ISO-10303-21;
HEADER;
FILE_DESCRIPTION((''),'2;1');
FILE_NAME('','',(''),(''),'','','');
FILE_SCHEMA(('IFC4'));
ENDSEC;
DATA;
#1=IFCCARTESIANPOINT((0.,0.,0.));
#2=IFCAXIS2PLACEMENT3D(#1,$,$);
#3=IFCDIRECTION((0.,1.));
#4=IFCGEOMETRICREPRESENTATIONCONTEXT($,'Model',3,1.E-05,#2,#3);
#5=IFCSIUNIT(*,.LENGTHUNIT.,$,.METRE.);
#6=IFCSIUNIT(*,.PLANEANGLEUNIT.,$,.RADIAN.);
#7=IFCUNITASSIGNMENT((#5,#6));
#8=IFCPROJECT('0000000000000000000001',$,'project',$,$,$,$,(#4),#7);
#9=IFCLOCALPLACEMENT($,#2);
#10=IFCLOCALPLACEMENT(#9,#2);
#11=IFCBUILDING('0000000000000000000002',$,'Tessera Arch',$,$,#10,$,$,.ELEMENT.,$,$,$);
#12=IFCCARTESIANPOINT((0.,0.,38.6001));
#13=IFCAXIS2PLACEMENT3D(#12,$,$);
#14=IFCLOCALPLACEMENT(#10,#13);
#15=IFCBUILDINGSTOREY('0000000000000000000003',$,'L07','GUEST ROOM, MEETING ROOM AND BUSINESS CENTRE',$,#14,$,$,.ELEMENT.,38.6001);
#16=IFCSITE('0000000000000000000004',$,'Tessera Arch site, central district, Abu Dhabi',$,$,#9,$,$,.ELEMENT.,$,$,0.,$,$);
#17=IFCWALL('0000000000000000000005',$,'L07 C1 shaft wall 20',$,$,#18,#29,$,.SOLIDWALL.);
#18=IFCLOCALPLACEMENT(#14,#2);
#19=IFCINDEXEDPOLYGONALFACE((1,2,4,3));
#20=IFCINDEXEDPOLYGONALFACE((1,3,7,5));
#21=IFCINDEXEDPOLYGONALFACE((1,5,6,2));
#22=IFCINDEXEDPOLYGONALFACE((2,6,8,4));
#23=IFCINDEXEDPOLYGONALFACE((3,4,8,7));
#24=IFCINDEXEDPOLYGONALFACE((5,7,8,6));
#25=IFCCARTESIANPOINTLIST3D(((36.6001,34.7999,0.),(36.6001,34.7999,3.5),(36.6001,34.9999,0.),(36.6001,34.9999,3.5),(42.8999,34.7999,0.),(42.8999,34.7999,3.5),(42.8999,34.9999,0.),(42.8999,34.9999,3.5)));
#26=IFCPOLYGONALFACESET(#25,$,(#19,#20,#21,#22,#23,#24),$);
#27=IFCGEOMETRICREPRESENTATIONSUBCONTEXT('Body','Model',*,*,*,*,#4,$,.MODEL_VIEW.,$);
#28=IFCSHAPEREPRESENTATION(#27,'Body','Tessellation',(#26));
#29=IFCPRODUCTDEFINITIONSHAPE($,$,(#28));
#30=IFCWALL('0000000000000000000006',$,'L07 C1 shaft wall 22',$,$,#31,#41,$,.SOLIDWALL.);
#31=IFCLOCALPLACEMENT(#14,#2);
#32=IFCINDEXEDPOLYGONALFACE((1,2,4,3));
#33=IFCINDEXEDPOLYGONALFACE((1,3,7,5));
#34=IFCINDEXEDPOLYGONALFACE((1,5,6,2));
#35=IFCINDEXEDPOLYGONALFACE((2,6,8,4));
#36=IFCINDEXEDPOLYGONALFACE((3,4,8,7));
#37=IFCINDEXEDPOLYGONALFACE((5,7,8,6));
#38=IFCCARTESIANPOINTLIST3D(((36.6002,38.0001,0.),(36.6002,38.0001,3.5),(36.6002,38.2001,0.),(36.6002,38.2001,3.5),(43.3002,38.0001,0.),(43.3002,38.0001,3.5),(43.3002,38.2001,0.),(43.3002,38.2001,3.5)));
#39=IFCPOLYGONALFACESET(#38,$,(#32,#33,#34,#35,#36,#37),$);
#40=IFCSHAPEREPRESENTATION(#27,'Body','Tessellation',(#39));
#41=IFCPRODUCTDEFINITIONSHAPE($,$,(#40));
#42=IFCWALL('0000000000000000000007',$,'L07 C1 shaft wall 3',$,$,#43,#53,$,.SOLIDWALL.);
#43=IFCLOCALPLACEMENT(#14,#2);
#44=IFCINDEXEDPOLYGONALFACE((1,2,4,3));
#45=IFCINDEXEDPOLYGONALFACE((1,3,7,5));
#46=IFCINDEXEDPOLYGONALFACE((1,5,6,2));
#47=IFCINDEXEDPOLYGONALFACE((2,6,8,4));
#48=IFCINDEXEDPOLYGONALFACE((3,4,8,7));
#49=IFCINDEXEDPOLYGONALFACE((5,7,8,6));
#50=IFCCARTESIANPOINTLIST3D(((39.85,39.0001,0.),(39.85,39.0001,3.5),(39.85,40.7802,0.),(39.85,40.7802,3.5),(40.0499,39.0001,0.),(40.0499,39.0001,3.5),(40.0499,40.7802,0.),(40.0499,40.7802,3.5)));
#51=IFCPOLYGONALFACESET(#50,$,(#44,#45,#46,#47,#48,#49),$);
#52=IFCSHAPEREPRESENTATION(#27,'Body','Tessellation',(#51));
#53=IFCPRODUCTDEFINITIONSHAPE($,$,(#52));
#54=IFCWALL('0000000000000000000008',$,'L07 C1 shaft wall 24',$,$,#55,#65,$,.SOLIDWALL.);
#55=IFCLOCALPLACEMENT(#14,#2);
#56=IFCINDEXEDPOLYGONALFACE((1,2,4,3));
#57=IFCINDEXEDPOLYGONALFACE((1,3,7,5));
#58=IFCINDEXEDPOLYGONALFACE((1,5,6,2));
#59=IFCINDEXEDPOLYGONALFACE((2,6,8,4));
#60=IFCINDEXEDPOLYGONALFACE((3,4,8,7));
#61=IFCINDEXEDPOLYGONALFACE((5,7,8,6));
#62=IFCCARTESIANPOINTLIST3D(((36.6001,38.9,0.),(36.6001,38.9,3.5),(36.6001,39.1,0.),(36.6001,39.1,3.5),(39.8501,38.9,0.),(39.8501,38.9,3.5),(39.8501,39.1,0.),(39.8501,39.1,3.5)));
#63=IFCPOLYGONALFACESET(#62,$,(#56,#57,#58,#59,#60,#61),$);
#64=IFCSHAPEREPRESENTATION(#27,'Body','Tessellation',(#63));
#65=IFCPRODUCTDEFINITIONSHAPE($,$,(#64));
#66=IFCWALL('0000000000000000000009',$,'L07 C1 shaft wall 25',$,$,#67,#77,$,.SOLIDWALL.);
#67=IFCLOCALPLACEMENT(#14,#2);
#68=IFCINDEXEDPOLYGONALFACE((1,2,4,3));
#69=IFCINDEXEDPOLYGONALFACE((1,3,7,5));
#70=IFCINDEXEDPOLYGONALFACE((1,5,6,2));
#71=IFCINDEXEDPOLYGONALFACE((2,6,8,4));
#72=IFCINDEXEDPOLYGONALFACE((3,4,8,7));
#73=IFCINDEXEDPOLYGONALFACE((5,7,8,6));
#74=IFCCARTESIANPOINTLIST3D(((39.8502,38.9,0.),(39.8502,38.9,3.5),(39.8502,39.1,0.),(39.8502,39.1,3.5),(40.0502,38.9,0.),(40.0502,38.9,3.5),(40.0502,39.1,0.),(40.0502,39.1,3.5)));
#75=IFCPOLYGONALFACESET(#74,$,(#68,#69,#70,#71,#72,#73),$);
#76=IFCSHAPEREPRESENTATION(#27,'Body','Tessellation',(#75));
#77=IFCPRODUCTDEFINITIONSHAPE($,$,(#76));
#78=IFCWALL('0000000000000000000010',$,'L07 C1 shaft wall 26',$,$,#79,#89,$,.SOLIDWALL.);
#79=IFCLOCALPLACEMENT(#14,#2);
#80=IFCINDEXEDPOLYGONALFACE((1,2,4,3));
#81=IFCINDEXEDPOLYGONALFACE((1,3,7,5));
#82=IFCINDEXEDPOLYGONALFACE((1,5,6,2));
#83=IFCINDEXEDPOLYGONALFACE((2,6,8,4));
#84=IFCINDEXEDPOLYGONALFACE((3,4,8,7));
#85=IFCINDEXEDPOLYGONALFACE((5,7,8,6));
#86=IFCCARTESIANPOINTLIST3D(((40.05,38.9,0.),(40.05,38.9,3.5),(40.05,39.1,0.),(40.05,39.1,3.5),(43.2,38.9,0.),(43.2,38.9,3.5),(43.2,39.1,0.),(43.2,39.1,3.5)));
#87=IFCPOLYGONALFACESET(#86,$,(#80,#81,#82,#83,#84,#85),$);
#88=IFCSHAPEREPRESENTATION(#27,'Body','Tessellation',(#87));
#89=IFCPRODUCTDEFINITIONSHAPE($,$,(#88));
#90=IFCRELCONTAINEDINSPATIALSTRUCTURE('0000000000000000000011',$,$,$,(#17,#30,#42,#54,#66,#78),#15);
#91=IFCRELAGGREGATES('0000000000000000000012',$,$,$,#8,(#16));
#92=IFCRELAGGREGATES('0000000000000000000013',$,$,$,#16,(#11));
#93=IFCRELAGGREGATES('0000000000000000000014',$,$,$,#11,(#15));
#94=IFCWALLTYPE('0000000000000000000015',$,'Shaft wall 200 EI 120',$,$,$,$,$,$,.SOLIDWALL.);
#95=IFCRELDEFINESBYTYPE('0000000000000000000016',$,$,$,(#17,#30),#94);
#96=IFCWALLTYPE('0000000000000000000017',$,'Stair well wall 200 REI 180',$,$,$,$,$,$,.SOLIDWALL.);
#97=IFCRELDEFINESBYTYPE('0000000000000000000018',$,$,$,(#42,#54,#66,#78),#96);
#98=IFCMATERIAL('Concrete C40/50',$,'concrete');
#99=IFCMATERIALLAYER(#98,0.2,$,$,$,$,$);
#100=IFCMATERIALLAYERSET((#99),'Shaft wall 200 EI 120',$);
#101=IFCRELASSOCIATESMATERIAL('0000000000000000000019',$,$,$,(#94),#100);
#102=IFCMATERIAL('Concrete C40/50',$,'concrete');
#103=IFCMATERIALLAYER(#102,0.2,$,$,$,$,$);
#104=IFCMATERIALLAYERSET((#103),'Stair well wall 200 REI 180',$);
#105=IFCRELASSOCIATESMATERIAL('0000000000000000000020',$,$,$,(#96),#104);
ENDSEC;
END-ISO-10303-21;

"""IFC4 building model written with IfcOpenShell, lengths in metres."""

from ifc_helpers import new_model, si_unit, direction, frame, frame_2d, origin, place, context, subcontext, project, spatial, rectangle, extrude, material, layer, layer_set, type_object, element, save


model = new_model("IFC4")

# Units and contexts
model_context = context("Model", 3, precision=1e-05, world=origin(), true_north=direction((0.0, 1.0)))
body_context = subcontext(model_context, "Body", "Model", "MODEL_VIEW")
ifc_project = project(units=[si_unit("LENGTHUNIT", "METRE"), si_unit("PLANEANGLEUNIT", "RADIAN")], contexts=[model_context])

# Site, building, storey
site_placement = place(None, origin())
site = spatial("IfcSite", under=ifc_project, at=site_placement, Name="Tessera Arch site, central district, Abu Dhabi", CompositionType="ELEMENT", RefElevation=0.0)
building_placement = place(site_placement, origin())
building = spatial("IfcBuilding", under=site, at=building_placement, Name="Tessera Arch", CompositionType="ELEMENT")
storey_placement = place(building_placement, frame((0.0, 0.0, 38.6001)))
storey = spatial("IfcBuildingStorey", under=building, at=storey_placement, Name="L07", Description="GUEST ROOM, MEETING ROOM AND BUSINESS CENTRE", CompositionType="ELEMENT", Elevation=38.6001)

# Shared definitions
ifc_material_1 = material(Name="Concrete C40/50", Category="concrete")
ifc_layer_1 = layer(ifc_material_1, 0.2)
ifc_layer_set_1 = layer_set([ifc_layer_1], Name="Shaft wall 200 EI 120")
wall_type_1 = type_object("IfcWallType", Name="Shaft wall 200 EI 120", PredefinedType="SOLIDWALL", material=ifc_layer_set_1)

# Walls
wall_1_placement = place(storey_placement, frame((36.6001, 34.8999, 0.0), z_axis=(0.0, 0.0, 1.0), x_axis=(1.0, 0.0, 0.0)))
element("IfcWall", 1, at=wall_1_placement, inside=storey, type_object=wall_type_1, Name="L07 C1 shaft wall 20", PredefinedType="SOLIDWALL", context=body_context, shape_type="SweptSolid", body=[
    extrude(rectangle(XDim=6.2998, YDim=0.2, at=frame_2d((3.1499, 0.0))), origin(), (0.0, 0.0, 1.0), 3.5),
])
wall_2_placement = place(storey_placement, frame((36.6001, 38.1001, 0.0), z_axis=(0.0, 0.0, 1.0), x_axis=(1.0, 0.0, 0.0)))
element("IfcWall", 2, at=wall_2_placement, inside=storey, type_object=wall_type_1, Name="L07 C1 shaft wall 22", PredefinedType="SOLIDWALL", context=body_context, shape_type="SweptSolid", body=[
    extrude(rectangle(XDim=6.7, YDim=0.2, at=frame_2d((3.3501, 0.0))), origin(), (0.0, 0.0, 1.0), 3.5),
])
ifc_material_2 = material(Name="Concrete C40/50", Category="concrete")
ifc_layer_2 = layer(ifc_material_2, 0.2)
ifc_layer_set_2 = layer_set([ifc_layer_2], Name="Stair well wall 200 REI 180")
wall_type_2 = type_object("IfcWallType", Name="Stair well wall 200 REI 180", PredefinedType="SOLIDWALL", material=ifc_layer_set_2)
wall_3_placement = place(storey_placement, frame((39.95, 39.0, 0.0), z_axis=(0.0, 0.0, 1.0), x_axis=(0.0, 1.0, 0.0)))
element("IfcWall", 3, at=wall_3_placement, inside=storey, type_object=wall_type_2, Name="L07 C1 shaft wall 3", PredefinedType="SOLIDWALL", context=body_context, shape_type="SweptSolid", body=[
    extrude(rectangle(XDim=1.78, YDim=0.2, at=frame_2d((0.8901, 0.0))), origin(), (0.0, 0.0, 1.0), 3.5),
])
wall_4_placement = place(storey_placement, frame((36.6001, 39.0, 0.0), z_axis=(0.0, 0.0, 1.0), x_axis=(1.0, 0.0, 0.0)))
element("IfcWall", 4, at=wall_4_placement, inside=storey, type_object=wall_type_2, Name="L07 C1 shaft wall 24", PredefinedType="SOLIDWALL", context=body_context, shape_type="SweptSolid", body=[
    extrude(rectangle(XDim=3.25, YDim=0.2, at=frame_2d((1.625, 0.0))), origin(), (0.0, 0.0, 1.0), 3.5),
])
wall_5_placement = place(storey_placement, frame((39.8501, 39.0, 0.0), z_axis=(0.0, 0.0, 1.0), x_axis=(1.0, 0.0, 0.0)))
element("IfcWall", 5, at=wall_5_placement, inside=storey, type_object=wall_type_2, Name="L07 C1 shaft wall 25", PredefinedType="SOLIDWALL", context=body_context, shape_type="SweptSolid", body=[
    extrude(rectangle(XDim=0.2, YDim=0.2, at=frame_2d((0.1001, 0.0))), origin(), (0.0, 0.0, 1.0), 3.5),
])
wall_6_placement = place(storey_placement, frame((40.05, 39.0, 0.0), z_axis=(0.0, 0.0, 1.0), x_axis=(1.0, 0.0, 0.0)))
element("IfcWall", 6, at=wall_6_placement, inside=storey, type_object=wall_type_2, Name="L07 C1 shaft wall 26", PredefinedType="SOLIDWALL", context=body_context, shape_type="SweptSolid", body=[
    extrude(rectangle(XDim=3.1499, YDim=0.2, at=frame_2d((1.575, 0.0))), origin(), (0.0, 0.0, 1.0), 3.5),
])

save(model, "model.ifc")
